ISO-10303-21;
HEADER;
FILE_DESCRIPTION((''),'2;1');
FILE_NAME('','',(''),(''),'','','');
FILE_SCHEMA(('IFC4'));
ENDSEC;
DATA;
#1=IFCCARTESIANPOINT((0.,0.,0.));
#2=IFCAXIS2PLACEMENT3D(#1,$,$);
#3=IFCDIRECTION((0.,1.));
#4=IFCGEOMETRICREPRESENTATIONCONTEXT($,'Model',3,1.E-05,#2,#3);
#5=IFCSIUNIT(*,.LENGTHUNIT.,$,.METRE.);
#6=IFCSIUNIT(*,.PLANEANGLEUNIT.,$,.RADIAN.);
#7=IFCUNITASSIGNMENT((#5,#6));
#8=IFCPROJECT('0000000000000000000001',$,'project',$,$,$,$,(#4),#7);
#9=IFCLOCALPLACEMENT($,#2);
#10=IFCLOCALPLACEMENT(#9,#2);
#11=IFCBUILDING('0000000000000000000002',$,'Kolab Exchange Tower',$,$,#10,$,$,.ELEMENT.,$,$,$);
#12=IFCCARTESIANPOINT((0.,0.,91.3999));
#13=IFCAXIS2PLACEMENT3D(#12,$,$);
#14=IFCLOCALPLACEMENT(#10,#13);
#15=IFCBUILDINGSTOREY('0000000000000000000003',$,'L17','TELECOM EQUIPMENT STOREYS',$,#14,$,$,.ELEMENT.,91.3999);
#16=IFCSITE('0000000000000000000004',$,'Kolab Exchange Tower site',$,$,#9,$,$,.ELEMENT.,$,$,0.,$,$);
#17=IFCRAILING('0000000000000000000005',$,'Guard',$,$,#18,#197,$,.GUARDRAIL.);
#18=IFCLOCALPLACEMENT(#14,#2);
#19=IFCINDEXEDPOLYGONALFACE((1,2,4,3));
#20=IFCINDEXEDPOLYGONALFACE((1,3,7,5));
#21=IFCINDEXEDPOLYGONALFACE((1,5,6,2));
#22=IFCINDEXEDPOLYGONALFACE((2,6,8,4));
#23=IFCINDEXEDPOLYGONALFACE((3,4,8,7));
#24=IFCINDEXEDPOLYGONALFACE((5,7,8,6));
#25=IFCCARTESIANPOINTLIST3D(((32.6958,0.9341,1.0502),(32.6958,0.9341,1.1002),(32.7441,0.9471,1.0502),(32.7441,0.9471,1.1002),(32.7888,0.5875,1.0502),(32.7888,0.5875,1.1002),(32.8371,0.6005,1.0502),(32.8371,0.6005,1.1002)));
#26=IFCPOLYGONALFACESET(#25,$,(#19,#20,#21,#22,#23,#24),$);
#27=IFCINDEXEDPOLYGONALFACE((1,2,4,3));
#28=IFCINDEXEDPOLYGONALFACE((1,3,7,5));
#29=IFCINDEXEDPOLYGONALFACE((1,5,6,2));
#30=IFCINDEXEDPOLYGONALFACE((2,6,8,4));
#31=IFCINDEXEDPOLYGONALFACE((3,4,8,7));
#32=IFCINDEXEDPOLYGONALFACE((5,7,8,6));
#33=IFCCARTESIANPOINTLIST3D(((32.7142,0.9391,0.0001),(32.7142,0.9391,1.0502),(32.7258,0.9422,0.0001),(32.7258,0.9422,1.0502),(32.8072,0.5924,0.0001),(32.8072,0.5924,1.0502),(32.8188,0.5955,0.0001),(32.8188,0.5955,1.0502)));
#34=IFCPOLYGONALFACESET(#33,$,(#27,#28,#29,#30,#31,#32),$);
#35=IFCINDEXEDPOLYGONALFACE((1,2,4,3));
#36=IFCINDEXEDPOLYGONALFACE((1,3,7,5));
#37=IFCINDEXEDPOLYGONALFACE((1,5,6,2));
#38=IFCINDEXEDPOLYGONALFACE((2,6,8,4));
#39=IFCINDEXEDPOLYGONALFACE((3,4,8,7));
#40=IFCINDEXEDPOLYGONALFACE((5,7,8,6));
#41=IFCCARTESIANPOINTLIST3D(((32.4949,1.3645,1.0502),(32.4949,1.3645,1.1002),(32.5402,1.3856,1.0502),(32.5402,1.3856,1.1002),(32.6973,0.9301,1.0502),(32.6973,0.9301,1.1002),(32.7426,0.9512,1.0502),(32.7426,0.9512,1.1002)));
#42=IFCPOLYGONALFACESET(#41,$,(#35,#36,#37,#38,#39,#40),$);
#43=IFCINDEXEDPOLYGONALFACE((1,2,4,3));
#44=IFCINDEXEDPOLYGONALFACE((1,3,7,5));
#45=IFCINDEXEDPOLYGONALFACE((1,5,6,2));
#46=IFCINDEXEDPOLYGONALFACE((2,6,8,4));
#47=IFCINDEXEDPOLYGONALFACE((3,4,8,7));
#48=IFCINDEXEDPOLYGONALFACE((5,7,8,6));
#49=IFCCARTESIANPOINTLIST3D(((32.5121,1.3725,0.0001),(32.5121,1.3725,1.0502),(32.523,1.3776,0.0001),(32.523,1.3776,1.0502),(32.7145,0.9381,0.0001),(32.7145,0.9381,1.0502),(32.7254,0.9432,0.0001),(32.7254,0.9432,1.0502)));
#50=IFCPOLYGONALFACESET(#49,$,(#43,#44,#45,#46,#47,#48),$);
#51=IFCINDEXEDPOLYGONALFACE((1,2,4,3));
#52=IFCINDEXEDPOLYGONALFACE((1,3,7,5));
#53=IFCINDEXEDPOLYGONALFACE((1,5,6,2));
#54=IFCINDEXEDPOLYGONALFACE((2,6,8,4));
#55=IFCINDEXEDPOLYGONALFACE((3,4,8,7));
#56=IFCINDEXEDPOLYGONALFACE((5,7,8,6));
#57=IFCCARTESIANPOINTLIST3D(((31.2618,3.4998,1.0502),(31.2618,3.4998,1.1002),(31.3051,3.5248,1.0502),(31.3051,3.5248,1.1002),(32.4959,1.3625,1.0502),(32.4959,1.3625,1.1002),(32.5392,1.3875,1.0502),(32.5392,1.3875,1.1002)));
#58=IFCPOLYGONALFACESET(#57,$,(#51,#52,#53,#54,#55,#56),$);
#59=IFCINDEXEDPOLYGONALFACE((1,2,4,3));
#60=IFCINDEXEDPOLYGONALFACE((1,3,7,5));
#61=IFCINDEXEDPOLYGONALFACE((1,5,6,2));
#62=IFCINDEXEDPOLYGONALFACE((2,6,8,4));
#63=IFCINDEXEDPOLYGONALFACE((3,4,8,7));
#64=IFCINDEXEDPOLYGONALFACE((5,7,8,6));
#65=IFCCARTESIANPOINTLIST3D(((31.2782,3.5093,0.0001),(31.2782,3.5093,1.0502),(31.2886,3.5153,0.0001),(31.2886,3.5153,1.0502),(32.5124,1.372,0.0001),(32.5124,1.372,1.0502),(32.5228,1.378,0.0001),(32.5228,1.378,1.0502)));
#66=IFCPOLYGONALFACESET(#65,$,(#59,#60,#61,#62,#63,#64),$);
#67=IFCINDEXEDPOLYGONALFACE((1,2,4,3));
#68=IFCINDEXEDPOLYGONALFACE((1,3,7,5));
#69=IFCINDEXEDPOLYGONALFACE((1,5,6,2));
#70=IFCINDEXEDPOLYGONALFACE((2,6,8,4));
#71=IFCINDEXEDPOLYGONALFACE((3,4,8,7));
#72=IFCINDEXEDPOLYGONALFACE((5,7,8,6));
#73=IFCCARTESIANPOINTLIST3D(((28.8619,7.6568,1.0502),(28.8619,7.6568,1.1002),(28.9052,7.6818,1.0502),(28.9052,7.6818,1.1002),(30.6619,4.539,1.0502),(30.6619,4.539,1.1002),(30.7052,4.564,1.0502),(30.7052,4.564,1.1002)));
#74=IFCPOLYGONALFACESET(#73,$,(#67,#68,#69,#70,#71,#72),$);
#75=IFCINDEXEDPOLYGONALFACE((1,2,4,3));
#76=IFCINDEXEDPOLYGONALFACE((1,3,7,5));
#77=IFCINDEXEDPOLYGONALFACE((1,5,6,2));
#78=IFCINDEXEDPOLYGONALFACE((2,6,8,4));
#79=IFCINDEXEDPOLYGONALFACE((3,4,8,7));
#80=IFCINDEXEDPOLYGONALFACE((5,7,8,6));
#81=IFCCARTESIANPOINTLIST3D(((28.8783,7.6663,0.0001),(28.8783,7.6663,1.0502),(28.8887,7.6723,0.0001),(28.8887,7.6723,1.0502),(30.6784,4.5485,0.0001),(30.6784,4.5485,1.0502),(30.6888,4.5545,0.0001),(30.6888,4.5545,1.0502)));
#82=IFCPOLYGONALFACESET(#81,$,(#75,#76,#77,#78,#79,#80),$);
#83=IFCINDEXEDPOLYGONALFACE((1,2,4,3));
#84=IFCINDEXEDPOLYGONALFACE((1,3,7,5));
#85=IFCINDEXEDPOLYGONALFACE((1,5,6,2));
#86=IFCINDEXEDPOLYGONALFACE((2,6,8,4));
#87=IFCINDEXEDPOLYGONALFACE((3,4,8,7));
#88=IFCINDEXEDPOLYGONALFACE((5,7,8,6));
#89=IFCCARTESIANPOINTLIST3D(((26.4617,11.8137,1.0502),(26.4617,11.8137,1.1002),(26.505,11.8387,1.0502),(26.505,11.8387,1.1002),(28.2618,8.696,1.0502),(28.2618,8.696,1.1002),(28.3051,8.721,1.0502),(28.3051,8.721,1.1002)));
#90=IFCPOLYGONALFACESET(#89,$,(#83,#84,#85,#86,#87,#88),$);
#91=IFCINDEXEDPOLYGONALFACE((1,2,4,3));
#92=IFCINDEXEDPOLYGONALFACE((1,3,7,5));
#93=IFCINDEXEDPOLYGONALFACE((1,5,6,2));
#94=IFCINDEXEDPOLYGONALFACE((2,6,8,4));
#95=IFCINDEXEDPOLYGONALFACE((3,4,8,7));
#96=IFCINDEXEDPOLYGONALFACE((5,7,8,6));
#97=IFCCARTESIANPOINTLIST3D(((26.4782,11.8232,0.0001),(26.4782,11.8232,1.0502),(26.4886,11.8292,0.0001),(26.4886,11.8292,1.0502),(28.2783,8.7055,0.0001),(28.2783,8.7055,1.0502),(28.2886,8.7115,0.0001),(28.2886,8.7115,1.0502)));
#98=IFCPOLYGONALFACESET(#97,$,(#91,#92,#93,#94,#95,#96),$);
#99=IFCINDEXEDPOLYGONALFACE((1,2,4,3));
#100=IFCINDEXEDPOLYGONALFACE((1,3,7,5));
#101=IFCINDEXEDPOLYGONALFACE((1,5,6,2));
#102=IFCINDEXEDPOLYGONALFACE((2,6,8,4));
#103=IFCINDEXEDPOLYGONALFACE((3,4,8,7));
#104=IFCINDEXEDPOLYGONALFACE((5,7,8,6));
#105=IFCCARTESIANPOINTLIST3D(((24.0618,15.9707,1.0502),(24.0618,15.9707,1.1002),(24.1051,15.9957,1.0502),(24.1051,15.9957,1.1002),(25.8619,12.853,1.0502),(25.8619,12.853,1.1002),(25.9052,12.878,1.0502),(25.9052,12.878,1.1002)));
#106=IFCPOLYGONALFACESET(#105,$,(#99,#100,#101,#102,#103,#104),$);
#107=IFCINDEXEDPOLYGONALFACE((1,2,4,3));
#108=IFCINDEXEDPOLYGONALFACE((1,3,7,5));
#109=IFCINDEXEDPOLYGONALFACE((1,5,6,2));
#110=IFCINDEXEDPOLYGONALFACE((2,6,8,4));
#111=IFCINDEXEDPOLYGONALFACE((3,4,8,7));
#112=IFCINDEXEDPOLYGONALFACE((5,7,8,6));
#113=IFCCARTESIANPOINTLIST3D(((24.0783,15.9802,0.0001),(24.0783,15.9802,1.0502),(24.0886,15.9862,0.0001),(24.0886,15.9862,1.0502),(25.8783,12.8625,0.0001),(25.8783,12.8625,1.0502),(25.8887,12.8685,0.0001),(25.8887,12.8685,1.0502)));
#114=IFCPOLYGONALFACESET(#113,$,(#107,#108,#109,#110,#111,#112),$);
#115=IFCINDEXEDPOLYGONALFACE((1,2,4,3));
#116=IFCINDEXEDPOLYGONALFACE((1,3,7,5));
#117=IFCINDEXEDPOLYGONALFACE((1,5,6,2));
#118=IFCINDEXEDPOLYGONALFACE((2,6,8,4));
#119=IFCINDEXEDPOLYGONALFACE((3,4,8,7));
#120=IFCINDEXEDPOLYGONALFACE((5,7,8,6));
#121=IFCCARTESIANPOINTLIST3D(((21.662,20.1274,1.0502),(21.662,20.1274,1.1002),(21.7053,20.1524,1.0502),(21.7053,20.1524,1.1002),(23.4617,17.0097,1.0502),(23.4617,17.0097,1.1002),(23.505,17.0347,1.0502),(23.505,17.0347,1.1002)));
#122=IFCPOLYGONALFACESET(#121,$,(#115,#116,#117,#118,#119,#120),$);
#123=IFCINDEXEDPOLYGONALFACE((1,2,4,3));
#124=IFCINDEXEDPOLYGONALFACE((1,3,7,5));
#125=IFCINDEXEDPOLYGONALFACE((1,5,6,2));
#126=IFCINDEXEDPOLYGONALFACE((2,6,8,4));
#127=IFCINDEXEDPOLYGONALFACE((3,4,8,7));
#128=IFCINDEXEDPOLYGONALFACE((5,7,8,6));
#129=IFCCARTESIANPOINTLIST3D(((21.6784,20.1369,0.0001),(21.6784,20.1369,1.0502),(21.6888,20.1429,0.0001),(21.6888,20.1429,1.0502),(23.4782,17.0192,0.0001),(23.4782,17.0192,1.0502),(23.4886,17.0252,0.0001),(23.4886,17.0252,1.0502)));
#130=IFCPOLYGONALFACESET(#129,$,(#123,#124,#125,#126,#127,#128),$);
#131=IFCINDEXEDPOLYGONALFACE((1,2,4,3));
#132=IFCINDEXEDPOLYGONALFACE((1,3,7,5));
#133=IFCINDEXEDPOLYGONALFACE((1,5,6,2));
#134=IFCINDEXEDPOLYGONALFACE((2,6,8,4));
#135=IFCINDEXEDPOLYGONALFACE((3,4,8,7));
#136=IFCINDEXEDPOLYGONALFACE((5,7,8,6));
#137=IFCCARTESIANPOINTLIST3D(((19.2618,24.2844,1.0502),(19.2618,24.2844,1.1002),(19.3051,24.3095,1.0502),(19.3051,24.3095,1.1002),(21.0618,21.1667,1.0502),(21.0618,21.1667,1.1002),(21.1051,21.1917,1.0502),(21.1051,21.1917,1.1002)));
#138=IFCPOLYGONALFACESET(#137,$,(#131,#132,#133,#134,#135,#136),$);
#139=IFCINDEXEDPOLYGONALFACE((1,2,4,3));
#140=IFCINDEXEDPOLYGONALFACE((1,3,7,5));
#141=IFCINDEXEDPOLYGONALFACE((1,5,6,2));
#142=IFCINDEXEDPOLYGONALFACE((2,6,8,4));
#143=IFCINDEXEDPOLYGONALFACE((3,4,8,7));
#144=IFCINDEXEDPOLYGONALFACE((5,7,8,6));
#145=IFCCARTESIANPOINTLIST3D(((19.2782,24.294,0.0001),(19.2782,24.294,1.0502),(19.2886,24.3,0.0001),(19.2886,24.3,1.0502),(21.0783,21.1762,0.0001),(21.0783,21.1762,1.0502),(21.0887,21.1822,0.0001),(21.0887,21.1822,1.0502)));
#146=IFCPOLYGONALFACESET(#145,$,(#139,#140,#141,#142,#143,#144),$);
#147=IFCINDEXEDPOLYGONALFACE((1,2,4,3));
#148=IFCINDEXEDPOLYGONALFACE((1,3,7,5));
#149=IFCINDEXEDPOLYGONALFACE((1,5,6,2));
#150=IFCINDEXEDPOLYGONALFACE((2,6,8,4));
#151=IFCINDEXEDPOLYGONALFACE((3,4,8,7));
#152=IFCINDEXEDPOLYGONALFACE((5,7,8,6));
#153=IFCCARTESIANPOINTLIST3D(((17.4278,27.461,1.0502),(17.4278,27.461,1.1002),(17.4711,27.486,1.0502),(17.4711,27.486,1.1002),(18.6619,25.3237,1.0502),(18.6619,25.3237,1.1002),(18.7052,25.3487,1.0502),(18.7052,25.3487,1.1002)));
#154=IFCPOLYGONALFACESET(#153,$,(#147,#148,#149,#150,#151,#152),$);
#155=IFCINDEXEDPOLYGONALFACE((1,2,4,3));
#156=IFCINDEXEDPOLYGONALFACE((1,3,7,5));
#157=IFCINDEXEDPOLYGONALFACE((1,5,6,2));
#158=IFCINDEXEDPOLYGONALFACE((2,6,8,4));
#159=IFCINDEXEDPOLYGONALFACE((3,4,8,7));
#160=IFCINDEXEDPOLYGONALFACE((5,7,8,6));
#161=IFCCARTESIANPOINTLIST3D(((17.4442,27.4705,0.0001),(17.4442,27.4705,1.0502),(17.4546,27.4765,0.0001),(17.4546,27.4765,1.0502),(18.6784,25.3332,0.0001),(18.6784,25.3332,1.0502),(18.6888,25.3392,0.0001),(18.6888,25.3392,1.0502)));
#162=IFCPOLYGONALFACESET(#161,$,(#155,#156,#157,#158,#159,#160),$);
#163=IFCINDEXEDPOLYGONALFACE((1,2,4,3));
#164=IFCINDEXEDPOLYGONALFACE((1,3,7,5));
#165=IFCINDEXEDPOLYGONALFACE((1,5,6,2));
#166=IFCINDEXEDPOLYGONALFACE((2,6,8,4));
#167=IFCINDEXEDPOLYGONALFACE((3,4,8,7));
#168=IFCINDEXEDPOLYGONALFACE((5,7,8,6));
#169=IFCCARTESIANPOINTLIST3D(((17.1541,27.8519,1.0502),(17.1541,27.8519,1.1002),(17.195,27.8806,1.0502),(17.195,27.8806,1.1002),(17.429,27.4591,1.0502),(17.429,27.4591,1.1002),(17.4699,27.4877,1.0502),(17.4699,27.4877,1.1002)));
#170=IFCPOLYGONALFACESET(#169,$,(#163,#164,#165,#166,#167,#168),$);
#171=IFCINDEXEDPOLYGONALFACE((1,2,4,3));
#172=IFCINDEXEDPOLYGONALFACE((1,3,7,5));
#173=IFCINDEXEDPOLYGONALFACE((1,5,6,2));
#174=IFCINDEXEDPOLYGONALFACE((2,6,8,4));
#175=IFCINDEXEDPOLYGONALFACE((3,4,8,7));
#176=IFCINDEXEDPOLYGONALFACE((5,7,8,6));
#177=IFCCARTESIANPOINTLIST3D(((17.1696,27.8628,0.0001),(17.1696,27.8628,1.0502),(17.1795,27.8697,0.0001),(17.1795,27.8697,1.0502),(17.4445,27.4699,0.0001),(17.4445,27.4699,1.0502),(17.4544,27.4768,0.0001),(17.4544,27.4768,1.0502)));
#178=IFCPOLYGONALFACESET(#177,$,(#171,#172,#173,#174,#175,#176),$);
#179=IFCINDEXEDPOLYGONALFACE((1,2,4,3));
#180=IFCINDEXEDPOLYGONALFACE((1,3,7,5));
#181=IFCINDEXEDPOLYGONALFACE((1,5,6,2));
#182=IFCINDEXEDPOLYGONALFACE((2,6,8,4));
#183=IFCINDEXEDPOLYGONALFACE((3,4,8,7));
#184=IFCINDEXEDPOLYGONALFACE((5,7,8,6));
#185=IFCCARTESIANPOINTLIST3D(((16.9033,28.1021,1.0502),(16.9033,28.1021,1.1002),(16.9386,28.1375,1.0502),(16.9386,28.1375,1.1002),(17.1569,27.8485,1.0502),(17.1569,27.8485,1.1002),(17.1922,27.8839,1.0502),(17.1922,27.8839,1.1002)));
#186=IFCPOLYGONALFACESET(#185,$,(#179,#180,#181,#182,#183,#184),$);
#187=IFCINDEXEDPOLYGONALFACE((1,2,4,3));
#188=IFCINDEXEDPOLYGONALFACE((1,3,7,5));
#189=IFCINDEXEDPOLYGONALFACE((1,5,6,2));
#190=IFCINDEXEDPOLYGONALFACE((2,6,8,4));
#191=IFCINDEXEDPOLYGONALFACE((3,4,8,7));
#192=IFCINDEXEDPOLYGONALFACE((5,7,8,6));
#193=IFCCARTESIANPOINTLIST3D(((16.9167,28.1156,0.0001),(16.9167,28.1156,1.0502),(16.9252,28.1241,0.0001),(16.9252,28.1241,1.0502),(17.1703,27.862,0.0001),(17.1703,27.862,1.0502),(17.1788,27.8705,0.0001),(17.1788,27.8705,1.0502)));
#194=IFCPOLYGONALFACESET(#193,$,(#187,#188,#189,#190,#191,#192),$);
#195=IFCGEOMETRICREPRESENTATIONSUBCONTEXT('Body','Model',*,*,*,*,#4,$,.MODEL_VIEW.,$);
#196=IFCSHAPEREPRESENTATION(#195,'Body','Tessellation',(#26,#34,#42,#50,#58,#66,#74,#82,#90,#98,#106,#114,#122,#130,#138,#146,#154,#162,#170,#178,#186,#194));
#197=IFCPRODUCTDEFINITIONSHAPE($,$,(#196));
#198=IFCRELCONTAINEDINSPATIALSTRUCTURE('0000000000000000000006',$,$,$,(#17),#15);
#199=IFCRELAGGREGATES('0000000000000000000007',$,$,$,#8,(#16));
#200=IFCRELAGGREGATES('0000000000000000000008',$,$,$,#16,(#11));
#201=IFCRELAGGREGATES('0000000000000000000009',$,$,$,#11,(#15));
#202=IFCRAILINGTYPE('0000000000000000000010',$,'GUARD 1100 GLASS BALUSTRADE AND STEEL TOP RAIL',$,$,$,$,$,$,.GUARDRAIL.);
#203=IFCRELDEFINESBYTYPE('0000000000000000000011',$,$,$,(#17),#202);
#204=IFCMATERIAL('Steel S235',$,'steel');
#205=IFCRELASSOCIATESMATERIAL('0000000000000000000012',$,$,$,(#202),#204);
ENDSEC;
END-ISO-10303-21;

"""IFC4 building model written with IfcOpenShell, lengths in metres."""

from ifc_helpers import new_model, si_unit, direction, frame, frame_2d, origin, origin_2d, place, context, subcontext, project, spatial, rectangle, extrude, material, type_object, element, save


model = new_model("IFC4")

# Units and contexts
model_context = context("Model", 3, precision=1e-05, world=origin(), true_north=direction((0.0, 1.0)))
body_context = subcontext(model_context, "Body", "Model", "MODEL_VIEW")
ifc_project = project(units=[si_unit("LENGTHUNIT", "METRE"), si_unit("PLANEANGLEUNIT", "RADIAN")], contexts=[model_context])

# Site, building, storey
site_placement = place(None, origin())
site = spatial("IfcSite", under=ifc_project, at=site_placement, Name="Kolab Exchange Tower site", CompositionType="ELEMENT", RefElevation=0.0)
building_placement = place(site_placement, origin())
building = spatial("IfcBuilding", under=site, at=building_placement, Name="Kolab Exchange Tower", CompositionType="ELEMENT")
storey_placement = place(building_placement, frame((0.0, 0.0, 91.3999)))
storey = spatial("IfcBuildingStorey", under=building, at=storey_placement, Name="L17", Description="TELECOM EQUIPMENT STOREYS", CompositionType="ELEMENT", Elevation=91.3999)

# Railing
ifc_material_1 = material(Name="Steel S235", Category="steel")
railing_type = type_object("IfcRailingType", Name="GUARD 1100 GLASS BALUSTRADE AND STEEL TOP RAIL", PredefinedType="GUARDRAIL", material=ifc_material_1)
railing_1_placement = place(storey_placement, frame((32.813, 0.594, 0.0)))
element("IfcRailing", 1, at=railing_1_placement, inside=storey, type_object=railing_type, Name="Guard", PredefinedType="GUARDRAIL", context=body_context, shape_type="SweptSolid", body=[
    extrude(rectangle(XDim=0.05, YDim=0.05, at=origin_2d()), frame((0.0, 0.0, 1.0752), z_axis=(-0.259144, 0.965839, 0.0), x_axis=(-0.965839, -0.259144, 0.0)), (0.0, 0.0, 1.0), 0.3589),
    extrude(rectangle(XDim=0.012, YDim=1.0501, at=frame_2d((0.0, 0.5251))), frame((0.0, 0.0, 0.0), z_axis=(-0.259144, 0.965839, 0.0), x_axis=(-0.965839, -0.259144, 0.0)), (0.0, 0.0, 1.0), 0.3589),
    extrude(rectangle(XDim=0.05, YDim=0.05, at=origin_2d()), frame((-0.093, 0.3467, 1.0752), z_axis=(-0.422383, 0.906417, 0.0), x_axis=(-0.906417, -0.422383, 0.0)), (0.0, 0.0, 1.0), 0.4792),
    extrude(rectangle(XDim=0.012, YDim=1.0501, at=frame_2d((0.0, 0.5251))), frame((-0.093, 0.3467, 0.0), z_axis=(-0.422383, 0.906417, 0.0), x_axis=(-0.906417, -0.422383, 0.0)), (0.0, 0.0, 1.0), 0.4792),
    extrude(rectangle(XDim=0.05, YDim=0.05, at=origin_2d()), frame((-0.2954, 0.781, 1.0752), z_axis=(-0.500065, 0.865988, 0.0), x_axis=(-0.865988, -0.500065, 0.0)), (0.0, 0.0, 1.0), 2.468),
    extrude(rectangle(XDim=0.012, YDim=1.0501, at=frame_2d((0.0, 0.5251))), frame((-0.2954, 0.781, 0.0), z_axis=(-0.500065, 0.865988, 0.0), x_axis=(-0.865988, -0.500065, 0.0)), (0.0, 0.0, 1.0), 2.468),
    extrude(rectangle(XDim=0.05, YDim=0.05, at=origin_2d()), frame((-2.1294, 3.9575, 1.0752), z_axis=(-0.500012, 0.866018, 0.0), x_axis=(-0.866018, -0.500012, 0.0)), (0.0, 0.0, 1.0), 3.6001),
    extrude(rectangle(XDim=0.012, YDim=1.0501, at=frame_2d((0.0, 0.5251))), frame((-2.1294, 3.9575, 0.0), z_axis=(-0.500012, 0.866018, 0.0), x_axis=(-0.866018, -0.500012, 0.0)), (0.0, 0.0, 1.0), 3.6001),
    extrude(rectangle(XDim=0.05, YDim=0.05, at=origin_2d()), frame((-4.5295, 8.1145, 1.0752), z_axis=(-0.500012, 0.866018, 0.0), x_axis=(-0.866018, -0.500012, 0.0)), (0.0, 0.0, 1.0), 3.6001),
    extrude(rectangle(XDim=0.012, YDim=1.0501, at=frame_2d((0.0, 0.5251))), frame((-4.5295, 8.1145, 0.0), z_axis=(-0.500012, 0.866018, 0.0), x_axis=(-0.866018, -0.500012, 0.0)), (0.0, 0.0, 1.0), 3.6001),
    extrude(rectangle(XDim=0.05, YDim=0.05, at=origin_2d()), frame((-6.9294, 12.2715, 1.0752), z_axis=(-0.500012, 0.866018, 0.0), x_axis=(-0.866018, -0.500012, 0.0)), (0.0, 0.0, 1.0), 3.6001),
    extrude(rectangle(XDim=0.012, YDim=1.0501, at=frame_2d((0.0, 0.5251))), frame((-6.9294, 12.2715, 0.0), z_axis=(-0.500012, 0.866018, 0.0), x_axis=(-0.866018, -0.500012, 0.0)), (0.0, 0.0, 1.0), 3.6001),
    extrude(rectangle(XDim=0.05, YDim=0.05, at=origin_2d()), frame((-9.3296, 16.4282, 1.0752), z_axis=(-0.499961, 0.866048, 0.0), x_axis=(-0.866048, -0.499961, 0.0)), (0.0, 0.0, 1.0), 3.5999),
    extrude(rectangle(XDim=0.012, YDim=1.0501, at=frame_2d((0.0, 0.5251))), frame((-9.3296, 16.4282, 0.0), z_axis=(-0.499961, 0.866048, 0.0), x_axis=(-0.866048, -0.499961, 0.0)), (0.0, 0.0, 1.0), 3.5999),
    extrude(rectangle(XDim=0.05, YDim=0.05, at=origin_2d()), frame((-11.7295, 20.5852, 1.0752), z_axis=(-0.500012, 0.866018, 0.0), x_axis=(-0.866018, -0.500012, 0.0)), (0.0, 0.0, 1.0), 3.6001),
    extrude(rectangle(XDim=0.012, YDim=1.0501, at=frame_2d((0.0, 0.5251))), frame((-11.7295, 20.5852, 0.0), z_axis=(-0.500012, 0.866018, 0.0), x_axis=(-0.866018, -0.500012, 0.0)), (0.0, 0.0, 1.0), 3.6001),
    extrude(rectangle(XDim=0.05, YDim=0.05, at=origin_2d()), frame((-14.1294, 24.7422, 1.0752), z_axis=(-0.500065, 0.865988, 0.0), x_axis=(-0.865988, -0.500065, 0.0)), (0.0, 0.0, 1.0), 2.468),
    extrude(rectangle(XDim=0.012, YDim=1.0501, at=frame_2d((0.0, 0.5251))), frame((-14.1294, 24.7422, 0.0), z_axis=(-0.500065, 0.865988, 0.0), x_axis=(-0.865988, -0.500065, 0.0)), (0.0, 0.0, 1.0), 2.468),
    extrude(rectangle(XDim=0.05, YDim=0.05, at=origin_2d()), frame((-15.3635, 26.8794, 1.0752), z_axis=(-0.57336, 0.819304, 0.0), x_axis=(-0.819304, -0.57336, 0.0)), (0.0, 0.0, 1.0), 0.4795),
    extrude(rectangle(XDim=0.012, YDim=1.0501, at=frame_2d((0.0, 0.5251))), frame((-15.3635, 26.8794, 0.0), z_axis=(-0.57336, 0.819304, 0.0), x_axis=(-0.819304, -0.57336, 0.0)), (0.0, 0.0, 1.0), 0.4795),
    extrude(rectangle(XDim=0.05, YDim=0.05, at=origin_2d()), frame((-15.6384, 27.2722, 1.0752), z_axis=(-0.707107, 0.707107, 0.0), x_axis=(-0.707107, -0.707107, 0.0)), (0.0, 0.0, 1.0), 0.3586),
    extrude(rectangle(XDim=0.012, YDim=1.0501, at=frame_2d((0.0, 0.5251))), frame((-15.6384, 27.2722, 0.0), z_axis=(-0.707107, 0.707107, 0.0), x_axis=(-0.707107, -0.707107, 0.0)), (0.0, 0.0, 1.0), 0.3586),
])

save(model, "model.ifc")
